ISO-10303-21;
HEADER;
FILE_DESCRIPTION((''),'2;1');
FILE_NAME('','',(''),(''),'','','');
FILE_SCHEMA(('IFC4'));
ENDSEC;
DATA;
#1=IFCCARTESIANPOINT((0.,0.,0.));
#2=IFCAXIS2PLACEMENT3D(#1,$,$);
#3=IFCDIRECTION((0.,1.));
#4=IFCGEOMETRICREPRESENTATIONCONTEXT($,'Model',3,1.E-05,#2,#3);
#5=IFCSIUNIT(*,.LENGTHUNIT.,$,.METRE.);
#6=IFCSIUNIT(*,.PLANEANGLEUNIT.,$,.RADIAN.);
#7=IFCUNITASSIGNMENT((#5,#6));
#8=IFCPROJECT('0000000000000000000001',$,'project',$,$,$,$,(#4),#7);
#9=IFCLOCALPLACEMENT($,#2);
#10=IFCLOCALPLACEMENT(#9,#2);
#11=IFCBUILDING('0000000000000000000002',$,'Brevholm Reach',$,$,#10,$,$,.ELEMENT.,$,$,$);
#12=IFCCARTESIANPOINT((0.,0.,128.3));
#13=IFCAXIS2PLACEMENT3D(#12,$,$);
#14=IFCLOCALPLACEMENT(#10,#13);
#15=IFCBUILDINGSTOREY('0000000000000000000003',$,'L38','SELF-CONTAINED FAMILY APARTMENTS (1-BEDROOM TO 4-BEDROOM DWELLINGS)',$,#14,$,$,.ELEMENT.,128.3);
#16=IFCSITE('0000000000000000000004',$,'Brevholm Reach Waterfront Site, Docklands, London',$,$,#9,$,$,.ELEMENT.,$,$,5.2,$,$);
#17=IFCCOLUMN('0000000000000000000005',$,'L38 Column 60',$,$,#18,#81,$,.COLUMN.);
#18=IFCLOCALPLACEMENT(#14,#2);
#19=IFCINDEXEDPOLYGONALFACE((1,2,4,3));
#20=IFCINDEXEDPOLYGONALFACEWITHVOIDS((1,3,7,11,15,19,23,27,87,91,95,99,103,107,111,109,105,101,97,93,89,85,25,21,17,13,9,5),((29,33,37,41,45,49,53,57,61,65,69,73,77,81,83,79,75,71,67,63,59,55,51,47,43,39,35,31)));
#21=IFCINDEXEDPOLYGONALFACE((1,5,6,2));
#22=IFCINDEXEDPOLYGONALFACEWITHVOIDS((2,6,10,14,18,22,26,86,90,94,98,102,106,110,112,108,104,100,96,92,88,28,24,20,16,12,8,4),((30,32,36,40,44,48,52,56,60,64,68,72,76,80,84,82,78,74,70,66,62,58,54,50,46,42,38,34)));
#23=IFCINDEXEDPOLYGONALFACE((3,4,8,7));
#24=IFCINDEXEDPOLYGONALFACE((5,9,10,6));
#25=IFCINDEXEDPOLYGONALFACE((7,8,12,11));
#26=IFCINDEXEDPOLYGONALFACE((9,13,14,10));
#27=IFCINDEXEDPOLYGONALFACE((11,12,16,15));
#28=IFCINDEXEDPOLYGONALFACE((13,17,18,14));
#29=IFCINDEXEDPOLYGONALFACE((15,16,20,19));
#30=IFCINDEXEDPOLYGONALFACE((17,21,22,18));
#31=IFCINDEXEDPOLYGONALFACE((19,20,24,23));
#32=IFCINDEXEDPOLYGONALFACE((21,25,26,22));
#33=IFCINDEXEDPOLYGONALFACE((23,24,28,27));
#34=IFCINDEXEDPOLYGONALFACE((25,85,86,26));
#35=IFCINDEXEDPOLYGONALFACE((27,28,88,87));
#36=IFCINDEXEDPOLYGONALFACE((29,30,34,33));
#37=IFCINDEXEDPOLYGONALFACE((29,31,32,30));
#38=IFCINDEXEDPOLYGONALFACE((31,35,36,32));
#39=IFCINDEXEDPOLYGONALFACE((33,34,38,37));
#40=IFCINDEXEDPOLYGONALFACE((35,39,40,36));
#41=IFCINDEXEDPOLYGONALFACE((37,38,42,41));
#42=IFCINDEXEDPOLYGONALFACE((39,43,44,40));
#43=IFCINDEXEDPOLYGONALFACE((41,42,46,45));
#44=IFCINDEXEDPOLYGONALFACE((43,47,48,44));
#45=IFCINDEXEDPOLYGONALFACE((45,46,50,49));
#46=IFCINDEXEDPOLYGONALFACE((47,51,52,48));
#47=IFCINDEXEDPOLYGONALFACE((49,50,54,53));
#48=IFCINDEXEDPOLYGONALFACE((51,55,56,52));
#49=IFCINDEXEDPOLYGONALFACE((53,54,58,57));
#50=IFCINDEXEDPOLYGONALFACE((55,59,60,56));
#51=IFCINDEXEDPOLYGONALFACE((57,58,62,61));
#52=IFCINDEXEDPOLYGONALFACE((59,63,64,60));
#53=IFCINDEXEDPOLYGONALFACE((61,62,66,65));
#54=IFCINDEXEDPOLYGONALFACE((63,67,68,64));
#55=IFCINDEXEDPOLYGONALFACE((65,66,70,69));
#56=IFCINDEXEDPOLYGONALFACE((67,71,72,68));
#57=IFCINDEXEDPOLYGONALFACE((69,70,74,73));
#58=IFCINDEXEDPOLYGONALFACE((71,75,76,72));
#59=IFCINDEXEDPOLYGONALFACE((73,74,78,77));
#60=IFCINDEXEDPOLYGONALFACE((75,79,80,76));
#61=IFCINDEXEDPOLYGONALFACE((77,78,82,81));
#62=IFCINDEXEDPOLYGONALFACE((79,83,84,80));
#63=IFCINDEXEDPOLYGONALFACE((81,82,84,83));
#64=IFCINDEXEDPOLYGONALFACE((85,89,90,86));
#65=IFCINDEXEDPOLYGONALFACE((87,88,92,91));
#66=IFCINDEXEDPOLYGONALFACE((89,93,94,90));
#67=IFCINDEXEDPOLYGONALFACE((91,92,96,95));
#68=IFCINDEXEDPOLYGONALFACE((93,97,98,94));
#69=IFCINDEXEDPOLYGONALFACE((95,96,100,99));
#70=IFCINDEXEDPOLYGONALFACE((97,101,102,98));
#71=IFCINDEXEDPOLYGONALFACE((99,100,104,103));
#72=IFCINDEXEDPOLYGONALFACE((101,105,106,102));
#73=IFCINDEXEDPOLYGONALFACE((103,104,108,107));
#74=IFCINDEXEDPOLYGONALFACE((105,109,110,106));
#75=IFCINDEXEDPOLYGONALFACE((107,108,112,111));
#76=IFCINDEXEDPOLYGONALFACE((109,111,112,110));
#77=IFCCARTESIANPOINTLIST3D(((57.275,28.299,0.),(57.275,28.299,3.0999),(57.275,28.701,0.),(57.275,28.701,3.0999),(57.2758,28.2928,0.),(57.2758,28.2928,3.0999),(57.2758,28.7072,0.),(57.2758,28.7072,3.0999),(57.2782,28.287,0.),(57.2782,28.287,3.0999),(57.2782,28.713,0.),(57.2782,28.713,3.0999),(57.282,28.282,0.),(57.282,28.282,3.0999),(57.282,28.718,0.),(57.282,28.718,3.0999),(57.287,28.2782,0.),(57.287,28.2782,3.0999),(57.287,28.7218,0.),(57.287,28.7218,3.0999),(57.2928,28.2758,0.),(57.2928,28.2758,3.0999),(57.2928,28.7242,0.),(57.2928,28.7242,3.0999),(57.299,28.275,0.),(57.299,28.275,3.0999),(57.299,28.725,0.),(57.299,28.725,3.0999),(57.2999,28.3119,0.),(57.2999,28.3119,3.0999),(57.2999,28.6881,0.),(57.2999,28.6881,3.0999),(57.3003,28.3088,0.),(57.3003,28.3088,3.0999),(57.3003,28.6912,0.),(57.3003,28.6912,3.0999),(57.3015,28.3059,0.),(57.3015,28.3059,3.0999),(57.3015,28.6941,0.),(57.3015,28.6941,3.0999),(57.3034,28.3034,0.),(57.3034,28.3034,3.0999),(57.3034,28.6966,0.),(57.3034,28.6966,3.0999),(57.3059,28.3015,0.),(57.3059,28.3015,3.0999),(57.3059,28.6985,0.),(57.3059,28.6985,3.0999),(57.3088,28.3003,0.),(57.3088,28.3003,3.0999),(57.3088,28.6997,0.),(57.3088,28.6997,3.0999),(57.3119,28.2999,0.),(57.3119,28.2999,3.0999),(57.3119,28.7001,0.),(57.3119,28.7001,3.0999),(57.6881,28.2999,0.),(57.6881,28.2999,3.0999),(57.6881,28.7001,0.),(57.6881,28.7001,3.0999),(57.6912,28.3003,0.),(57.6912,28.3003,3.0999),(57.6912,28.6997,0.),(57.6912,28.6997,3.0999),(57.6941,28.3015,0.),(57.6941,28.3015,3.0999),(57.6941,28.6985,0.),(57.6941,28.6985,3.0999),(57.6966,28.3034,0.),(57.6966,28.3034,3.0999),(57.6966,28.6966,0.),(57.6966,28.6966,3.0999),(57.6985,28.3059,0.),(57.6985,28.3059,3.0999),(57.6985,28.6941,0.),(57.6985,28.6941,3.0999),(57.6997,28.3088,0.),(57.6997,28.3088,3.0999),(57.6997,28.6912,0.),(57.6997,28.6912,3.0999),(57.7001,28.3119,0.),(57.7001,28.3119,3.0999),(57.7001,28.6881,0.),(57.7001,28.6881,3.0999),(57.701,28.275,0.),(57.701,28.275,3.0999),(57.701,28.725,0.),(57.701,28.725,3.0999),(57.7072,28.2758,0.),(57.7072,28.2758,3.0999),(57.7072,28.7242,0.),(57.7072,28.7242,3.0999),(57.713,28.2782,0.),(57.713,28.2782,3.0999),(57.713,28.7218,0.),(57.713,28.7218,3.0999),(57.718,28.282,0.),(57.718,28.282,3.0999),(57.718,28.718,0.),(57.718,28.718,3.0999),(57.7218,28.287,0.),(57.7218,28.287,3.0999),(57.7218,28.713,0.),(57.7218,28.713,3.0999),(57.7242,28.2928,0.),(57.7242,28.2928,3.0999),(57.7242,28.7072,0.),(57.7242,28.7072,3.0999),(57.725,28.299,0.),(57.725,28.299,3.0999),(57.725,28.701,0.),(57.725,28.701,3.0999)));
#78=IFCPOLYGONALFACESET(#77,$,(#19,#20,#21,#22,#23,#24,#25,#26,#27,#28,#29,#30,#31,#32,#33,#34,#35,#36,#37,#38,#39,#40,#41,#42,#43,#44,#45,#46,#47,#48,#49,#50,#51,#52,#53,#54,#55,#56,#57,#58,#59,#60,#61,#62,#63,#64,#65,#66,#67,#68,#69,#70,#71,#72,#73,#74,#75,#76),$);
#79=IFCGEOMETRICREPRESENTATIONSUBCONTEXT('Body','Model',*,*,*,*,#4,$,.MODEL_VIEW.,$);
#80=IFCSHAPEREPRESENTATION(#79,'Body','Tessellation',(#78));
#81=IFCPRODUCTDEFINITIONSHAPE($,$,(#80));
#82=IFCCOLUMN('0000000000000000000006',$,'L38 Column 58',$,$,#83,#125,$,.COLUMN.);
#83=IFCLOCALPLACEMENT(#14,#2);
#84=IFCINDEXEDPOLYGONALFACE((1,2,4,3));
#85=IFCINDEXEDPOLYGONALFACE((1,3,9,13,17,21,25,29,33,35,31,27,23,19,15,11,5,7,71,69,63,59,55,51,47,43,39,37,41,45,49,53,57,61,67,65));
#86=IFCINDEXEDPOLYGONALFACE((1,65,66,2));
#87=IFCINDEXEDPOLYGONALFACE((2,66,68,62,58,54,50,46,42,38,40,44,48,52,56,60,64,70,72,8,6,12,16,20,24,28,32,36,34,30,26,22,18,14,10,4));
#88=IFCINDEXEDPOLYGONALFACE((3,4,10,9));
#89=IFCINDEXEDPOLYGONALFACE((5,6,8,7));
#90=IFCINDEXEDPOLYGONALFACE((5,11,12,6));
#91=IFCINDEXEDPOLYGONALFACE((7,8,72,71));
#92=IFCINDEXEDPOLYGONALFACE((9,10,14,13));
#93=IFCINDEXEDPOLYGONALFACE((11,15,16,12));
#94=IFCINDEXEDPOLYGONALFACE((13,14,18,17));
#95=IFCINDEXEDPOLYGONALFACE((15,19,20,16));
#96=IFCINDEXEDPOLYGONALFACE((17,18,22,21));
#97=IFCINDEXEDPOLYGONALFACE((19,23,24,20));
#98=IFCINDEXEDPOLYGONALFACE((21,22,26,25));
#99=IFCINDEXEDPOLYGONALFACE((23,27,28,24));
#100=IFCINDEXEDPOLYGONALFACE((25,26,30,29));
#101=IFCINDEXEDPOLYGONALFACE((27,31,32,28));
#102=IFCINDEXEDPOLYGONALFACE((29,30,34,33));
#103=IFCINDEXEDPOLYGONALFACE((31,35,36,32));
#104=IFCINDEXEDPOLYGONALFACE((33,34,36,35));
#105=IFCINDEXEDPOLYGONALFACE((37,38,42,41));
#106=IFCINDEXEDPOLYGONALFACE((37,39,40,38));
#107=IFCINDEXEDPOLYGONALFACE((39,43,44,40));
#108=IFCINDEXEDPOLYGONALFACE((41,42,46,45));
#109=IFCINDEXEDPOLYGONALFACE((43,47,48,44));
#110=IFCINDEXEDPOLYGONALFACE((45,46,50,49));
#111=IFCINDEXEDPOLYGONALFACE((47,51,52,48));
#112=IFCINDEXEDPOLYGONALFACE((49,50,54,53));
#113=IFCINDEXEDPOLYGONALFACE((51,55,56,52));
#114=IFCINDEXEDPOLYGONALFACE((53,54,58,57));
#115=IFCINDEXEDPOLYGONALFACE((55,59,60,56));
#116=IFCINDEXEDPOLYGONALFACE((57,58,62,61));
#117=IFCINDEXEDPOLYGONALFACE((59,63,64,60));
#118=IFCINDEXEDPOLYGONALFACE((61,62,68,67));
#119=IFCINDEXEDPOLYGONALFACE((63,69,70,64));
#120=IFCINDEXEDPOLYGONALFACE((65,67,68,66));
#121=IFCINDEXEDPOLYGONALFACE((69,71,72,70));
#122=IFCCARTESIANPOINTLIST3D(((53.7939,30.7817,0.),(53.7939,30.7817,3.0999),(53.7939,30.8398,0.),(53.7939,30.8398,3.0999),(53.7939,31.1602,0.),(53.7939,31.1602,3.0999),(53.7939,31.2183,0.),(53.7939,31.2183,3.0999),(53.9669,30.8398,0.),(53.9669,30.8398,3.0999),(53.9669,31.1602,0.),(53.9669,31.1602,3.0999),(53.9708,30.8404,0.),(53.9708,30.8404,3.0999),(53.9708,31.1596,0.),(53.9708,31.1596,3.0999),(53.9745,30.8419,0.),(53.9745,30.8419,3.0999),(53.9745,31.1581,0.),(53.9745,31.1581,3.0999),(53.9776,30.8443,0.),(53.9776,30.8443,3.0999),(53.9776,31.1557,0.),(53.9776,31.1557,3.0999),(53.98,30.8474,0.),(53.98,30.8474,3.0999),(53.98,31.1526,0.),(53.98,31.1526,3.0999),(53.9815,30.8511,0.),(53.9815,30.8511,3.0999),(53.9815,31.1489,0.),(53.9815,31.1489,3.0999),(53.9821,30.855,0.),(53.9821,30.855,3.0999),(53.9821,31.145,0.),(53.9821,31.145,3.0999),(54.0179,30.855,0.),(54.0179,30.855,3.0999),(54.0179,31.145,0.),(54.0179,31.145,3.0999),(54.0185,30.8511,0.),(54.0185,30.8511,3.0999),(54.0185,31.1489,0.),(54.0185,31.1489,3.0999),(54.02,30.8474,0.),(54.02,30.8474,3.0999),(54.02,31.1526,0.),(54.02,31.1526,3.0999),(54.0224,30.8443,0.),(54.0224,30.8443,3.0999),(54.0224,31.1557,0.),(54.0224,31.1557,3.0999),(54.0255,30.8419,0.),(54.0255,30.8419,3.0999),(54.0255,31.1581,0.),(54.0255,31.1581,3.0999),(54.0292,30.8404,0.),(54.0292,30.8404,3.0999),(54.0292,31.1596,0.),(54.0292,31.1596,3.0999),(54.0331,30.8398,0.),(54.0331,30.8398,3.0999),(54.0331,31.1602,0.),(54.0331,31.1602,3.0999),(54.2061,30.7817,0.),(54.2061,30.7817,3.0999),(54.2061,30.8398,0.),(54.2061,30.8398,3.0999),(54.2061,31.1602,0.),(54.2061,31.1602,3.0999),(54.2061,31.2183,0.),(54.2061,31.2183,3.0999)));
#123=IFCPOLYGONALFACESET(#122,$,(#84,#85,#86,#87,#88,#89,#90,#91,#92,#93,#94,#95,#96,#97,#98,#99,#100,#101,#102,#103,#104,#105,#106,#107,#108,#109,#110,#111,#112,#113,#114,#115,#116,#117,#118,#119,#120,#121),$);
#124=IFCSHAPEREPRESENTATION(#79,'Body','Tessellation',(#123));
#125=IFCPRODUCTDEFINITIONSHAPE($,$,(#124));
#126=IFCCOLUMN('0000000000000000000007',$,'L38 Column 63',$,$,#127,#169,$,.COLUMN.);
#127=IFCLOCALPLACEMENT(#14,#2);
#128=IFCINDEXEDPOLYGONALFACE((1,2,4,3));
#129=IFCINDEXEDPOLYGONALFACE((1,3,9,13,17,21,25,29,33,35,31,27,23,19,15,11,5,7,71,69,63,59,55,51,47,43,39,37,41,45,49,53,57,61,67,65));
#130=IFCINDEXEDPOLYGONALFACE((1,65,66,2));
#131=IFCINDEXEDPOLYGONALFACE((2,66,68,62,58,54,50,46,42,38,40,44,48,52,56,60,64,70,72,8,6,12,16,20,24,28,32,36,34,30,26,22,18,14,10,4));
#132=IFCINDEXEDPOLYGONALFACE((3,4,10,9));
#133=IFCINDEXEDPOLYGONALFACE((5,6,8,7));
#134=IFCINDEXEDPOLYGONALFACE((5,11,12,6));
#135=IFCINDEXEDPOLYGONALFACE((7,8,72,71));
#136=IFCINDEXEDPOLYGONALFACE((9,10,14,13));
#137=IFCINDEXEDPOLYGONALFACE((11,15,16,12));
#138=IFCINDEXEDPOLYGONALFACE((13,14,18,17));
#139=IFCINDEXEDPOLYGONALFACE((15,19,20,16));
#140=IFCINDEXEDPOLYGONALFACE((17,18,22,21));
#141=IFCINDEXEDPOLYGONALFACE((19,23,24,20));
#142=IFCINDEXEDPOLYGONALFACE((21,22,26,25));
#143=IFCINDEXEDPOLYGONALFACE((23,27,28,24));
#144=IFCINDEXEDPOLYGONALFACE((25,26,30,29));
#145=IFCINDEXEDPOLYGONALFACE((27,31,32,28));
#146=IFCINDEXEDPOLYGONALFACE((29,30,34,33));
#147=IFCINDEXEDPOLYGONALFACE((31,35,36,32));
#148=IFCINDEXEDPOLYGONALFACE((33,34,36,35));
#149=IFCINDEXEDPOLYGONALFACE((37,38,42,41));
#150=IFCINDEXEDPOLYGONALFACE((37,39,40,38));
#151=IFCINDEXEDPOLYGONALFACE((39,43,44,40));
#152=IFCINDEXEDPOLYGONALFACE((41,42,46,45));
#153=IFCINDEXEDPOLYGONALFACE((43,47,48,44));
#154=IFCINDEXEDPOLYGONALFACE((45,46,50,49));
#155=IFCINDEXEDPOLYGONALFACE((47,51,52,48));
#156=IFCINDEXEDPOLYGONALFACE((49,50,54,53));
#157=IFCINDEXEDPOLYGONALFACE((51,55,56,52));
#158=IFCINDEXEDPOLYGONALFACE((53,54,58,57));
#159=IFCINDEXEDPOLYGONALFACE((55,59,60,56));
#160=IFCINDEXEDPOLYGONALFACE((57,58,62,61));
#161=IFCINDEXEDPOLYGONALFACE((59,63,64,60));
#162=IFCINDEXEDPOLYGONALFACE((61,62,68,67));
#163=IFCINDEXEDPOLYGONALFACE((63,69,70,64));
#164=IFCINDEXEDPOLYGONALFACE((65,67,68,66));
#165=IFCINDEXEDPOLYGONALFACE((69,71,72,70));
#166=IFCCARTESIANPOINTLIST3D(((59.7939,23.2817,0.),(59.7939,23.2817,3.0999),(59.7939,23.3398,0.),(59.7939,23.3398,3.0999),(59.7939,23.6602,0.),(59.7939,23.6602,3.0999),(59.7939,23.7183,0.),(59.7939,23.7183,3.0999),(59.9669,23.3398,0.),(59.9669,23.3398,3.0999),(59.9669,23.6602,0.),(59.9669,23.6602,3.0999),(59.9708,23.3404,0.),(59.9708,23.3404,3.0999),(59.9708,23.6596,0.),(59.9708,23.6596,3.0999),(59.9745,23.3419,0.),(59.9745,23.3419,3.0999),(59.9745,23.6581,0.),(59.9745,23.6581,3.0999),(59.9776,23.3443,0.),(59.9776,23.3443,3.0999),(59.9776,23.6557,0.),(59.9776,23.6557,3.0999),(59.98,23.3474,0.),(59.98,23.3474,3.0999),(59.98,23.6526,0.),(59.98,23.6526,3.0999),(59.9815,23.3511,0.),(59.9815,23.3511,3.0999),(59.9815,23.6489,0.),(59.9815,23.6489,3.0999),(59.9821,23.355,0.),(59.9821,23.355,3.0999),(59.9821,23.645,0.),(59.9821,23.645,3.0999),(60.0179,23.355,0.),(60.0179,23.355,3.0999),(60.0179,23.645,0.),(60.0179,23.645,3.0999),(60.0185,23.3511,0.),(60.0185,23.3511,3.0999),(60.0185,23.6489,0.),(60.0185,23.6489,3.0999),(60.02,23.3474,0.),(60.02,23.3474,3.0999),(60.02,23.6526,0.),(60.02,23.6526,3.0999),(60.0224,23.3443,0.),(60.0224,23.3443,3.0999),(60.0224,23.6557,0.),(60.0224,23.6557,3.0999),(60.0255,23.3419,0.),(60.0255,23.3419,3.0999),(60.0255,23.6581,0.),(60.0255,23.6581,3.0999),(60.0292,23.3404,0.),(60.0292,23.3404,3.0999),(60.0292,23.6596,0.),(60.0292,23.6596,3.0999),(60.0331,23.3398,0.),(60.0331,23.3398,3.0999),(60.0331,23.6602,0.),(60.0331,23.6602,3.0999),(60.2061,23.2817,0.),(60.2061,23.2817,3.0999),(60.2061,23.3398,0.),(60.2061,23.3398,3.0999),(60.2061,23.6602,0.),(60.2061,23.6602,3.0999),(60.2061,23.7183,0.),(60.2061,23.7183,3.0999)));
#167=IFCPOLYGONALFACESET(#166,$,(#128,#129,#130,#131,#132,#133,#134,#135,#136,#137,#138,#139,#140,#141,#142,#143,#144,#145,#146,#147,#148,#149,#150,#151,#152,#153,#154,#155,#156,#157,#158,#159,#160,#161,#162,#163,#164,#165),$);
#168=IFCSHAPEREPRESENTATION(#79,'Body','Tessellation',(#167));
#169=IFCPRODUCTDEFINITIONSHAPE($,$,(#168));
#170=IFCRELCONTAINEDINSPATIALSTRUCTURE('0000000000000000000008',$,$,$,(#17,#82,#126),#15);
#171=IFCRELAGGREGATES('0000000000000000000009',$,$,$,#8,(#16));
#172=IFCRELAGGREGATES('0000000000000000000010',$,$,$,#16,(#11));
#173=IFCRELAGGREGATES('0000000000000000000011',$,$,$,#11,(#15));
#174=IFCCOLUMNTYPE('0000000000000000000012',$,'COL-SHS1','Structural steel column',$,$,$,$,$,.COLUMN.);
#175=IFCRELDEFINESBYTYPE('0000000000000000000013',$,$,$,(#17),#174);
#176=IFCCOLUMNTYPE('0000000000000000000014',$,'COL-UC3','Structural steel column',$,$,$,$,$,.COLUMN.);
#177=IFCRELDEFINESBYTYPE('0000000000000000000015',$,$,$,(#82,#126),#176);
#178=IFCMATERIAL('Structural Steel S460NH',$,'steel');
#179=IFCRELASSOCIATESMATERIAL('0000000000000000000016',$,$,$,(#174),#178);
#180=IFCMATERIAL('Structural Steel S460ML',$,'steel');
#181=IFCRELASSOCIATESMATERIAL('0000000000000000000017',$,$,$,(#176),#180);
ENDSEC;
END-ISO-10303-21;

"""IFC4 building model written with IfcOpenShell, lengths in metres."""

from ifc_helpers import new_model, si_unit, direction, frame, origin, origin_2d, place, context, subcontext, project, spatial, hollow_rectangle, i_section, extrude, material, material_profile, profile_set, type_object, element, save


model = new_model("IFC4")

# Units and contexts
model_context = context("Model", 3, precision=1e-05, world=origin(), true_north=direction((0.0, 1.0)))
body_context = subcontext(model_context, "Body", "Model", "MODEL_VIEW")
ifc_project = project(units=[si_unit("LENGTHUNIT", "METRE"), si_unit("PLANEANGLEUNIT", "RADIAN")], contexts=[model_context])

# Site, building, storey
site_placement = place(None, origin())
site = spatial("IfcSite", under=ifc_project, at=site_placement, Name="Brevholm Reach Waterfront Site, Docklands, London", CompositionType="ELEMENT", RefElevation=5.2)
building_placement = place(site_placement, origin())
building = spatial("IfcBuilding", under=site, at=building_placement, Name="Brevholm Reach", CompositionType="ELEMENT")
storey_placement = place(building_placement, frame((0.0, 0.0, 128.3)))
storey = spatial("IfcBuildingStorey", under=building, at=storey_placement, Name="L38", Description="SELF-CONTAINED FAMILY APARTMENTS (1-BEDROOM TO 4-BEDROOM DWELLINGS)", CompositionType="ELEMENT", Elevation=128.3)

# Columns
ifc_material_1 = material(Name="Structural Steel S460NH", Category="steel")
ifc_material_profile_1 = material_profile(ifc_material_1, hollow_rectangle(XDim=0.45, YDim=0.45, WallThickness=0.0249, InnerFilletRadius=0.012, OuterFilletRadius=0.0239, at=origin_2d()), Name="SHS 450x450x25")
ifc_profile_set_1 = profile_set([ifc_material_profile_1], Name="Structural Steel S460NH")
column_type_1 = type_object("IfcColumnType", Name="COL-SHS1", Description="Structural steel column", PredefinedType="COLUMN", material=ifc_profile_set_1)
column_placement = place(storey_placement, frame((57.5, 28.5, 0.0), z_axis=(0.0, 0.0, 1.0), x_axis=(1.0, 0.0, 0.0)))
element("IfcColumn", 1, at=column_placement, inside=storey, type_object=column_type_1, Name="L38 Column 60", PredefinedType="COLUMN", context=body_context, shape_type="SweptSolid", body=[
    extrude(hollow_rectangle(XDim=0.45, YDim=0.45, WallThickness=0.0249, InnerFilletRadius=0.012, OuterFilletRadius=0.0239, at=origin_2d()), origin(), (0.0, 0.0, 1.0), 3.0999),
])
ifc_material_2 = material(Name="Structural Steel S460ML", Category="steel")
ifc_material_profile_2 = material_profile(ifc_material_2, i_section(OverallWidth=0.4121, OverallDepth=0.4365, WebThickness=0.0359, FlangeThickness=0.0581, FilletRadius=0.0151, at=origin_2d()), Name="UKC 356x406x467")
ifc_profile_set_2 = profile_set([ifc_material_profile_2], Name="Structural Steel S460ML")
column_type_2 = type_object("IfcColumnType", Name="COL-UC3", Description="Structural steel column", PredefinedType="COLUMN", material=ifc_profile_set_2)
for number, where, z_axis, x_axis, name in (
    (2, (54.0, 31.0, 0.0), (0.0, 0.0, 1.0), (1.0, 0.0, 0.0), "L38 Column 58"),
    (3, (60.0, 23.5, 0.0), (0.0, 0.0, 1.0), (1.0, 0.0, 0.0), "L38 Column 63"),
):
    element("IfcColumn", number, at=place(storey_placement, frame(where, z_axis=z_axis, x_axis=x_axis)), inside=storey, type_object=column_type_2, Name=name, PredefinedType="COLUMN", context=body_context, shape_type="SweptSolid", body=[
        extrude(i_section(OverallWidth=0.4121, OverallDepth=0.4365, WebThickness=0.0359, FlangeThickness=0.0581, FilletRadius=0.0151, at=origin_2d()), origin(), (0.0, 0.0, 1.0), 3.0999),
    ])

save(model, "model.ifc")
